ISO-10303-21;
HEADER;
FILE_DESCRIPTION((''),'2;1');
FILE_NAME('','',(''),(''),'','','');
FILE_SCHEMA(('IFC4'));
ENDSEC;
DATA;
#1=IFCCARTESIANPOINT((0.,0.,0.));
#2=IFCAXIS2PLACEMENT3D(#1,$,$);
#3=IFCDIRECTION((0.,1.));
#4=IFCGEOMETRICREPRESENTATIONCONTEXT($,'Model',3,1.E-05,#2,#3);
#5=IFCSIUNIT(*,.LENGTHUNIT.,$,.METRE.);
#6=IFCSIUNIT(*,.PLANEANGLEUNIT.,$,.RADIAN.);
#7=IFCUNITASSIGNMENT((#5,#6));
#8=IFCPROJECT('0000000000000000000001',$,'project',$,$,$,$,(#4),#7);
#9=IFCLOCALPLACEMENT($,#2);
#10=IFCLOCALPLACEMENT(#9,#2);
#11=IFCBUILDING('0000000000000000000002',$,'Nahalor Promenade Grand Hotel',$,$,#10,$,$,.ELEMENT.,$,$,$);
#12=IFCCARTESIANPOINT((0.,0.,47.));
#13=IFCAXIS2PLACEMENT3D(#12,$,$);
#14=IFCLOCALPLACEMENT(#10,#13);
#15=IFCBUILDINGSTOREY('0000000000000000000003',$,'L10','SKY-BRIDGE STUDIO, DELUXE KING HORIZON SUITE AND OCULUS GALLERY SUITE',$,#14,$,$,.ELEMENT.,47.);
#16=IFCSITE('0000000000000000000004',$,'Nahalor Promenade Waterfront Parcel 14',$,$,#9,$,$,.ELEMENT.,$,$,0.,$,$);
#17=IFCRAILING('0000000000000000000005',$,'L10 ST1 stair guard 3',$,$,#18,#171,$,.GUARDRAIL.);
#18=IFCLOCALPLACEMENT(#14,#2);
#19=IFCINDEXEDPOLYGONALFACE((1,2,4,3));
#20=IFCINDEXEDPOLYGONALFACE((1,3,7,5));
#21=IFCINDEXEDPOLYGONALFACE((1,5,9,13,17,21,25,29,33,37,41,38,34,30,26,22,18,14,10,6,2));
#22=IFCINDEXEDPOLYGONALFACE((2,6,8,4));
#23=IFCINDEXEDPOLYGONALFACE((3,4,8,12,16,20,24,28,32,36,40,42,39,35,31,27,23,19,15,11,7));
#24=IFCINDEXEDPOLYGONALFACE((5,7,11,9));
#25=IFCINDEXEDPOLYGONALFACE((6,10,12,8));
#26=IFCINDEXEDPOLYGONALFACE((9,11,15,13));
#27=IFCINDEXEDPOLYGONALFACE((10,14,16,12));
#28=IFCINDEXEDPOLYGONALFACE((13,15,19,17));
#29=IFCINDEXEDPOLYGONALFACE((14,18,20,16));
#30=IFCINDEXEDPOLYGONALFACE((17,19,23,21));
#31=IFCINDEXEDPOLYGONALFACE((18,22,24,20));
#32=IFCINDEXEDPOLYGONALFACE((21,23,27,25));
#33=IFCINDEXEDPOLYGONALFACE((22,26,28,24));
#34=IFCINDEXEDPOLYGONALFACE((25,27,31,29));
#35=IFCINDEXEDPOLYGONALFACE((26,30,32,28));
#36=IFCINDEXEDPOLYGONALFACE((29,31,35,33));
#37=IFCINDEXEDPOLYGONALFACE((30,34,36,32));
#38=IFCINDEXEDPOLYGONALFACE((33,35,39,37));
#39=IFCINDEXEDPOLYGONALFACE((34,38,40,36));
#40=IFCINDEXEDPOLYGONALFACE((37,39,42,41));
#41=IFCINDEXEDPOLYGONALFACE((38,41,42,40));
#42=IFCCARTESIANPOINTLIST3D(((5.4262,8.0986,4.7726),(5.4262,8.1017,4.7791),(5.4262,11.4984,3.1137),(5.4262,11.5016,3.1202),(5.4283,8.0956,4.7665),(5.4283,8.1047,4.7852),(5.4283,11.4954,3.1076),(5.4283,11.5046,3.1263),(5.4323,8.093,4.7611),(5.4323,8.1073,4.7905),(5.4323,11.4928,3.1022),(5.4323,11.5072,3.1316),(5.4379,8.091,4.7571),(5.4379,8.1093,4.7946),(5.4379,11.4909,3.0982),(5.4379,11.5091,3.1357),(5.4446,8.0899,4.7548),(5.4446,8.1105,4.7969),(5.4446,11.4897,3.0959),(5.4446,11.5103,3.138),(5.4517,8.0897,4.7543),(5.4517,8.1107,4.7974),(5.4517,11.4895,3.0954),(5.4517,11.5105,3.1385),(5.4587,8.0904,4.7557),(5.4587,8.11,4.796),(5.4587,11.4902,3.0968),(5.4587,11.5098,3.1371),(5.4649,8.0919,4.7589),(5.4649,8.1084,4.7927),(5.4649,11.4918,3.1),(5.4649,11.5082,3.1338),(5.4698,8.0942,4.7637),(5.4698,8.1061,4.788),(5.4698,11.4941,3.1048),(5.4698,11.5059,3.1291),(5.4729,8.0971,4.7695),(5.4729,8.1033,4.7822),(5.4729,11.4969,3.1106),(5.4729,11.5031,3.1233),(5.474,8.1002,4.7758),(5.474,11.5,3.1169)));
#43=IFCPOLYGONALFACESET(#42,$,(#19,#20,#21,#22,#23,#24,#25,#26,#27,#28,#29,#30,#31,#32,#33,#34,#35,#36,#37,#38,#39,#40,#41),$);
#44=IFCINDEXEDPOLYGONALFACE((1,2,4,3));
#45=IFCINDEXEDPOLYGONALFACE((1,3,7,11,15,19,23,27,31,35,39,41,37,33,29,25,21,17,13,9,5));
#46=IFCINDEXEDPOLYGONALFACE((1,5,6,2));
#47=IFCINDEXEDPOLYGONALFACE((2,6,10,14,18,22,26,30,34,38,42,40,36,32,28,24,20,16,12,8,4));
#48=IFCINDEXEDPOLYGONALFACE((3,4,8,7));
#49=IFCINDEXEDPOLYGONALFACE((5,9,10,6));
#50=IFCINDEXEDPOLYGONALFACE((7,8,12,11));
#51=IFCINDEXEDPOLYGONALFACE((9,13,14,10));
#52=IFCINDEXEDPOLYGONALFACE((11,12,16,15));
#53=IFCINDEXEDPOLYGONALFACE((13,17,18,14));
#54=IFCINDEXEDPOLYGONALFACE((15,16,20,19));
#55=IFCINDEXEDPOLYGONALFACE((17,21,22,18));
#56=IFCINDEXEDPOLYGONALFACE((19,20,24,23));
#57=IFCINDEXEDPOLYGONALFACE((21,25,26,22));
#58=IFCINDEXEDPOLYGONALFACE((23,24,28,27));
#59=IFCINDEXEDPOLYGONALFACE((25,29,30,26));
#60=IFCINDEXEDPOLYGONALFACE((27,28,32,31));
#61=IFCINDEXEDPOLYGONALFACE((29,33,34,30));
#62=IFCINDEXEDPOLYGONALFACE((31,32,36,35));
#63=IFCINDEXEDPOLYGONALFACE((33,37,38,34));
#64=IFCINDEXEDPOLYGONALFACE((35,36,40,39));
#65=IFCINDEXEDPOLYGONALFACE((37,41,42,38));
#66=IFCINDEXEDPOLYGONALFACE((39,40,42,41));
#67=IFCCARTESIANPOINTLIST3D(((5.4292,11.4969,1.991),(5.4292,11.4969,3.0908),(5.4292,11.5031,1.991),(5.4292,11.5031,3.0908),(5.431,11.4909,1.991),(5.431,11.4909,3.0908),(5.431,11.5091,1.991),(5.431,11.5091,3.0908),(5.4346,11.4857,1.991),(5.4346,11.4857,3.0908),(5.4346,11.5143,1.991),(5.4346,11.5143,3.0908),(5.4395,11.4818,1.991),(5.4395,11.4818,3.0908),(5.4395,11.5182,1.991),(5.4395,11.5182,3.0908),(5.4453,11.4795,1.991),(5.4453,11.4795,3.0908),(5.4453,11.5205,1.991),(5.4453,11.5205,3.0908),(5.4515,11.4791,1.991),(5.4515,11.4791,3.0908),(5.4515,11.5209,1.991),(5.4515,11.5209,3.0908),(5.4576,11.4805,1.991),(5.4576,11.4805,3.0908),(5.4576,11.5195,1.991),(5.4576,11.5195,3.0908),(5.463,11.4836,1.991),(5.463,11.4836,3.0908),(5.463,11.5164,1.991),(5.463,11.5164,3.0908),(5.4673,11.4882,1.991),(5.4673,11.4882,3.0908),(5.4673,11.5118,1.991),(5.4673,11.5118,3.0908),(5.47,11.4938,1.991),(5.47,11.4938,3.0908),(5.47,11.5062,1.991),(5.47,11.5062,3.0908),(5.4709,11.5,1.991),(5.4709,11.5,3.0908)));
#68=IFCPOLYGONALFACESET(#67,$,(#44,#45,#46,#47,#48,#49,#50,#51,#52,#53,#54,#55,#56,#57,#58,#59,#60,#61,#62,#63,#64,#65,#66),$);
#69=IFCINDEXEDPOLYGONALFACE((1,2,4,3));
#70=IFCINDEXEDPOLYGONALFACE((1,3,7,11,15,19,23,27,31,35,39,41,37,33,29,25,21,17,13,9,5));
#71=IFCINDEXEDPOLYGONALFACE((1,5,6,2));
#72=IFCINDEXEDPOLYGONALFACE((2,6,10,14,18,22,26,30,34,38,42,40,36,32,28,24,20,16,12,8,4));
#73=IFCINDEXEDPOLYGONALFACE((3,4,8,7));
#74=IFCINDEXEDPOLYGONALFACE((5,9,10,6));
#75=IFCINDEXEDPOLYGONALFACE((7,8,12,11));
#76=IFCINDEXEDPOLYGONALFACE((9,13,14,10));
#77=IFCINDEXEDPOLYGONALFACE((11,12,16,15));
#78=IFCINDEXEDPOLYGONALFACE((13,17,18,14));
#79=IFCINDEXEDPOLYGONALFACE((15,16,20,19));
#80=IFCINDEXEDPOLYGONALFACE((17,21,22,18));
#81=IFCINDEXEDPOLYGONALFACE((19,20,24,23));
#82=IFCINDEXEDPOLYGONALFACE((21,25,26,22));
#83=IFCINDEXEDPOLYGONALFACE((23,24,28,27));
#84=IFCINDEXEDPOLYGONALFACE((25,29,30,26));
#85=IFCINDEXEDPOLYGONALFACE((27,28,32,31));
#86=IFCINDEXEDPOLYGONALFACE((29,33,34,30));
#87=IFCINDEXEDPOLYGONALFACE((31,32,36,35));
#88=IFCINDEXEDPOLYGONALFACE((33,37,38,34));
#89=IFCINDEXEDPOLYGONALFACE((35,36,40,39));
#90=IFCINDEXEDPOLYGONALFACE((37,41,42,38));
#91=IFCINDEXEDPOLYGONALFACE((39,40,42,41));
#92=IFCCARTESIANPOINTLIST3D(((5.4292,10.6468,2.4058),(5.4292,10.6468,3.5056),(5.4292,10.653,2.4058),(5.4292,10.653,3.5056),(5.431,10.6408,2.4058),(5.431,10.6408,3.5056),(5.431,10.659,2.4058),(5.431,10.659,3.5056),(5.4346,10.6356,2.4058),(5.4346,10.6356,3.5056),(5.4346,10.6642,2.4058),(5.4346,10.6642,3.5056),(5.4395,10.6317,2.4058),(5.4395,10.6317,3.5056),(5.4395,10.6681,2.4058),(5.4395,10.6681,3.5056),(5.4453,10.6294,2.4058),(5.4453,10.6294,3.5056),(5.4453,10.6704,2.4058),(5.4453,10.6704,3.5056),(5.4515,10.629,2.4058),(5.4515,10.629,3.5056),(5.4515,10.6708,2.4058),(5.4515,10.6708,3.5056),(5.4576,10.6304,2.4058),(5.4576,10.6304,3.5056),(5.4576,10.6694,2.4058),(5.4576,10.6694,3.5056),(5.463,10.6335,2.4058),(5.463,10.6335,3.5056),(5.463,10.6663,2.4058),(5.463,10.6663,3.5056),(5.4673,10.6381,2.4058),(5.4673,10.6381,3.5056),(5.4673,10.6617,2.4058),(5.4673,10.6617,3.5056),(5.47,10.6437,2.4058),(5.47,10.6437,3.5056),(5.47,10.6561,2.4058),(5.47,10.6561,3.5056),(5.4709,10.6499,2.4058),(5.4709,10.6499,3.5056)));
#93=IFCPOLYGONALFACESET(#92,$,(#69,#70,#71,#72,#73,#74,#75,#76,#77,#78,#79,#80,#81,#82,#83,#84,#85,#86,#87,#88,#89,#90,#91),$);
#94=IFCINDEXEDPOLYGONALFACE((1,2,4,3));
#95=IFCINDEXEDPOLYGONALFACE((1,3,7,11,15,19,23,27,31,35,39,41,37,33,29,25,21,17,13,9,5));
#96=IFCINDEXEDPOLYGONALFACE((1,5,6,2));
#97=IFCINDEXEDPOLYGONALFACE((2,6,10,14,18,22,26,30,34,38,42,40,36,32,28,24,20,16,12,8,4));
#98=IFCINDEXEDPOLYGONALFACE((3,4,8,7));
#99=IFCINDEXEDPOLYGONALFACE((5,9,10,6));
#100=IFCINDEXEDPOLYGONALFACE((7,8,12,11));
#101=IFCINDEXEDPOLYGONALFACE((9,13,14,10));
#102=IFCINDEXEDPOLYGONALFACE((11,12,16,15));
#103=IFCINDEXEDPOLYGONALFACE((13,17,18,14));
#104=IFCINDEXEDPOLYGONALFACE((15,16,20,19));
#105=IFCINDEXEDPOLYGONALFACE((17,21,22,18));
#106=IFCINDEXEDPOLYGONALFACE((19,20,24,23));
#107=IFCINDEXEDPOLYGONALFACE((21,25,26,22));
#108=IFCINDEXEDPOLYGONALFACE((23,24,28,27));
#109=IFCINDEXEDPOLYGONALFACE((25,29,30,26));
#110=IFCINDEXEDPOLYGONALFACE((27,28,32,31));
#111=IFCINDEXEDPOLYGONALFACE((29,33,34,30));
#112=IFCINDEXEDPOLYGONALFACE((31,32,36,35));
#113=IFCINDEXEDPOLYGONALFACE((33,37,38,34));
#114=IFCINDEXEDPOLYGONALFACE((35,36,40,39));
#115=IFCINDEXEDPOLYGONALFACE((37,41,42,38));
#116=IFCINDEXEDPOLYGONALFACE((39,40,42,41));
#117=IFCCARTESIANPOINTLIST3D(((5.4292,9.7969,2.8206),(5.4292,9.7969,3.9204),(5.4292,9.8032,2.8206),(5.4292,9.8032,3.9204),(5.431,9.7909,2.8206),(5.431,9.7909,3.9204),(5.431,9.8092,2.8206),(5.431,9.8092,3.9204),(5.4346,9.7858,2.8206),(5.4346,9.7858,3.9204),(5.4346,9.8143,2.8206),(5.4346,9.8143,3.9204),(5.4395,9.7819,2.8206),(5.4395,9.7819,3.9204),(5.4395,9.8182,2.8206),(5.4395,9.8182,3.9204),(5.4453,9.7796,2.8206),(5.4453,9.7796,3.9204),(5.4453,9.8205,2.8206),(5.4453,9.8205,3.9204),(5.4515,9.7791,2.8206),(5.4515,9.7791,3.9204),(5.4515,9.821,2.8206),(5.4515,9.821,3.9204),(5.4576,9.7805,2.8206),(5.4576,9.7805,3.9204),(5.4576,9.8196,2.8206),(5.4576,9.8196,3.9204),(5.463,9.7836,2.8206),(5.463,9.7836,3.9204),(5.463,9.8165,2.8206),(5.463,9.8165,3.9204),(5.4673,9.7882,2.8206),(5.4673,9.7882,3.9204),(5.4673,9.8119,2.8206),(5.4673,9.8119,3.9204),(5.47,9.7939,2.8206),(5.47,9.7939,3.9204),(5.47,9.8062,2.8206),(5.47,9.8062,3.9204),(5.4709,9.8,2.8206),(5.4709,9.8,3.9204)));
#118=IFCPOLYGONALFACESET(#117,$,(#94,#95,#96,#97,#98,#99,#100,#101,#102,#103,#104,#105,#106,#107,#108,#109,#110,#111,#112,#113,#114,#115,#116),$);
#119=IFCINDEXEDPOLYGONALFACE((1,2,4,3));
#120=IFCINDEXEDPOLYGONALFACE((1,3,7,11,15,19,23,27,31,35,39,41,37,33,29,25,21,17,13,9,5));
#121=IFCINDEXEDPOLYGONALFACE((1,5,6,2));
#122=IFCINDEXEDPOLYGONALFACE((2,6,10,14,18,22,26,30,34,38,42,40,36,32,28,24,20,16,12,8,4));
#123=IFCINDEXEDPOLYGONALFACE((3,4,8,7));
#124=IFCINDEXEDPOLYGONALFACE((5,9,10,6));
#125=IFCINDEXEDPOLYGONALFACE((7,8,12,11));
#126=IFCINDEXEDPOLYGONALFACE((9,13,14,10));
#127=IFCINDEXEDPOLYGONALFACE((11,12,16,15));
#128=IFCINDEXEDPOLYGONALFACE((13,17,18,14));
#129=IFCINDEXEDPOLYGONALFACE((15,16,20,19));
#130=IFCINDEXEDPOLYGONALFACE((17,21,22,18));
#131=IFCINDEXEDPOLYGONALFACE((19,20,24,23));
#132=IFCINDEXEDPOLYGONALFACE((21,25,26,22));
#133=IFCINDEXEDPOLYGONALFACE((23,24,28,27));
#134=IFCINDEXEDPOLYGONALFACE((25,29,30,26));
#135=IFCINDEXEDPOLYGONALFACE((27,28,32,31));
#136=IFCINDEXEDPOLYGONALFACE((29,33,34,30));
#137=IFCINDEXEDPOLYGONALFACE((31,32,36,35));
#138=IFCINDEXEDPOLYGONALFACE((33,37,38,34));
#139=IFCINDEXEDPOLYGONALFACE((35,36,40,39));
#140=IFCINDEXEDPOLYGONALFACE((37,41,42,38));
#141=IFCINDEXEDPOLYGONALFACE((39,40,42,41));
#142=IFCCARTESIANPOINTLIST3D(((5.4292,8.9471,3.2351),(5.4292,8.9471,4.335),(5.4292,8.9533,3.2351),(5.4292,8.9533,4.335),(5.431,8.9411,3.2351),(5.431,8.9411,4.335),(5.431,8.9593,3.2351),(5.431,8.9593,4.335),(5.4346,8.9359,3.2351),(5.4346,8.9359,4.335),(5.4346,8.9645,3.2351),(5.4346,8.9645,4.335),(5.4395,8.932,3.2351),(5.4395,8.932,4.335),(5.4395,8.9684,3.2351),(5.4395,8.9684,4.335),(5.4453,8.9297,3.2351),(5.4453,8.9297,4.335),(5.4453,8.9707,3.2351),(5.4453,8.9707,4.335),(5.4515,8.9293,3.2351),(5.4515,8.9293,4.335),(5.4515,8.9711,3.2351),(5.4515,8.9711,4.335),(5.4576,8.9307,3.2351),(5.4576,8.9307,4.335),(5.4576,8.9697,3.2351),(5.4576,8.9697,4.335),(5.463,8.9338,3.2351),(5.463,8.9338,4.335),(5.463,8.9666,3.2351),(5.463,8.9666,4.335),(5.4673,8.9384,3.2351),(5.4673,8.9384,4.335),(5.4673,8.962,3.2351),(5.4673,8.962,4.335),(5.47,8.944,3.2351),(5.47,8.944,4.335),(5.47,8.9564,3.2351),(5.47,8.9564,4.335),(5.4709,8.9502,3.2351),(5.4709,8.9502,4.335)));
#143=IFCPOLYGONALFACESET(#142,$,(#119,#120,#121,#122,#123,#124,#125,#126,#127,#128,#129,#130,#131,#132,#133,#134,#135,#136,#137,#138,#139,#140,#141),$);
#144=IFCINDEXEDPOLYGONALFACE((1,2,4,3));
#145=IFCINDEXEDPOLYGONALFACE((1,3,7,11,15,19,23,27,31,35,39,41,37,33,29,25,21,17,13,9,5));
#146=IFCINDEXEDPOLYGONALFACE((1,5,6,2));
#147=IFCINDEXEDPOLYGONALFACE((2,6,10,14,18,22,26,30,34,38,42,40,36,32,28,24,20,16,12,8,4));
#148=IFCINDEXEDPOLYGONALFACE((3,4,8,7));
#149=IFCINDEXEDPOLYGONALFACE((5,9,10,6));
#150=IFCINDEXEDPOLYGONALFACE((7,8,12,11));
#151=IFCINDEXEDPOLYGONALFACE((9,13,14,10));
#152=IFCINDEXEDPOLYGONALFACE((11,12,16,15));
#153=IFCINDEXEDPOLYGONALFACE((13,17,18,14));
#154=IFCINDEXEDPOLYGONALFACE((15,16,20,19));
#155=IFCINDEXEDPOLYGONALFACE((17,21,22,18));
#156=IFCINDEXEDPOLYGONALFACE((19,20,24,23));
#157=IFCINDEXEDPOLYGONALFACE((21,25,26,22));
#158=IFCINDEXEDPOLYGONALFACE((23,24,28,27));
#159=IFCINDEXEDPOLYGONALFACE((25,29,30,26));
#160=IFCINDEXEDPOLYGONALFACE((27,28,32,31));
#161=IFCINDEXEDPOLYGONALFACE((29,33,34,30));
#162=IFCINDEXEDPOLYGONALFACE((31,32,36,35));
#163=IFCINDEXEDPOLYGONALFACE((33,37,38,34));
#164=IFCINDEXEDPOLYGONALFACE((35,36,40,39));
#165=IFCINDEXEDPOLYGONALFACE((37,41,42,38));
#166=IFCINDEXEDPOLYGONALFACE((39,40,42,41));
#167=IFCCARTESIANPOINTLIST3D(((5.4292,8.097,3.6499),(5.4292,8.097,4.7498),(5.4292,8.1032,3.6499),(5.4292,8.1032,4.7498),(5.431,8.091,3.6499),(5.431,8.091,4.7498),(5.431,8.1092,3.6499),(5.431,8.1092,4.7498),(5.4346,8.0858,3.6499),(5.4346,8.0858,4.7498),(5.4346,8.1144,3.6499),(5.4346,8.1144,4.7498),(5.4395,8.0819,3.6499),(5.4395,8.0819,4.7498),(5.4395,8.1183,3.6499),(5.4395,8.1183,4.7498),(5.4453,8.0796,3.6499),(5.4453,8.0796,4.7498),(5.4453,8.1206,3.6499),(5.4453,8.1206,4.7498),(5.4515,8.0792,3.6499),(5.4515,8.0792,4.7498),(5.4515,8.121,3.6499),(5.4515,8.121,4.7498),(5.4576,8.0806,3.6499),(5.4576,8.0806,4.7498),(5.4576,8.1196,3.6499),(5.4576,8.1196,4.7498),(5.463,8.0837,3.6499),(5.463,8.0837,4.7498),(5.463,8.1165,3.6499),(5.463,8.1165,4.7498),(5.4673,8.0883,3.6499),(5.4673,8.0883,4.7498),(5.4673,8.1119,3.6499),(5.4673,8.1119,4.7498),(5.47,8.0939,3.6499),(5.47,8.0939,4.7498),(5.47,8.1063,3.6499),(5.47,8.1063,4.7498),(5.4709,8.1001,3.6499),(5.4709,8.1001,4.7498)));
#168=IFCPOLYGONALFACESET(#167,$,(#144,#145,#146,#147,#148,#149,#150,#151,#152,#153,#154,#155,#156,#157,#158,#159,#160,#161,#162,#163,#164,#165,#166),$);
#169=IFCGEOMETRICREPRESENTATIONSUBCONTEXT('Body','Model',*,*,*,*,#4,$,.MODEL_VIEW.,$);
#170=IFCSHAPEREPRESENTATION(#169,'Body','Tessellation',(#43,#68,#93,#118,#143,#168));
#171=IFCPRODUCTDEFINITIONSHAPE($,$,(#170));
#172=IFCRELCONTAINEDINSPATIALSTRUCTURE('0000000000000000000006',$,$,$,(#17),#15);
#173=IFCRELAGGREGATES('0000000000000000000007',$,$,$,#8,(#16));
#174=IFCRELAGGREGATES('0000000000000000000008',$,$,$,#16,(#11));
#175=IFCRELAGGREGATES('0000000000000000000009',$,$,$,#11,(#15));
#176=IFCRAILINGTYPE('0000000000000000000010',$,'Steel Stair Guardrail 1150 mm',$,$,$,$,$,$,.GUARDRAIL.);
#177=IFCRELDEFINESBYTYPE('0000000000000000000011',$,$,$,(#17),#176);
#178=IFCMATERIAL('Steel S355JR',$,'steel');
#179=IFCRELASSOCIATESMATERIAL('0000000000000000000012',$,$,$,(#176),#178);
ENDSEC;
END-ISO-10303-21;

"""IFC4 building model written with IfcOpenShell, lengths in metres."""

from ifc_helpers import new_model, si_unit, direction, frame, origin, origin_2d, place, context, subcontext, project, spatial, circle, extrude, material, type_object, element, save


model = new_model("IFC4")

# Units and contexts
model_context = context("Model", 3, precision=1e-05, world=origin(), true_north=direction((0.0, 1.0)))
body_context = subcontext(model_context, "Body", "Model", "MODEL_VIEW")
ifc_project = project(units=[si_unit("LENGTHUNIT", "METRE"), si_unit("PLANEANGLEUNIT", "RADIAN")], contexts=[model_context])

# Site, building, storey
site_placement = place(None, origin())
site = spatial("IfcSite", under=ifc_project, at=site_placement, Name="Nahalor Promenade Waterfront Parcel 14", CompositionType="ELEMENT", RefElevation=0.0)
building_placement = place(site_placement, origin())
building = spatial("IfcBuilding", under=site, at=building_placement, Name="Nahalor Promenade Grand Hotel", CompositionType="ELEMENT")
storey_placement = place(building_placement, frame((0.0, 0.0, 47.0)))
storey = spatial("IfcBuildingStorey", under=building, at=storey_placement, Name="L10", Description="SKY-BRIDGE STUDIO, DELUXE KING HORIZON SUITE AND OCULUS GALLERY SUITE", CompositionType="ELEMENT", Elevation=47.0)

# Shared definitions
ifc_material_1 = material(Name="Steel S355JR", Category="steel")

# Railing
railing_type_1 = type_object("IfcRailingType", Name="Steel Stair Guardrail 1150 mm", PredefinedType="GUARDRAIL", material=ifc_material_1)
railing_1_placement = place(storey_placement, frame((5.45, 11.5, 1.991)))
element("IfcRailing", 1, at=railing_1_placement, inside=storey, type_object=railing_type_1, Name="L10 ST1 stair guard 3", PredefinedType="GUARDRAIL", context=body_context, shape_type="SweptSolid", body=[
    extrude(circle(Radius=0.024, at=origin_2d()), frame((0.0, 0.0, 1.126), z_axis=(0.0, -0.898722, 0.438519), x_axis=(1.0, 0.0, 0.0)), (0.0, 0.0, 1.0), 3.783),
    extrude(circle(Radius=0.021, at=origin_2d()), origin(), (0.0, 0.0, 1.0), 1.0999),
    extrude(circle(Radius=0.021, at=origin_2d()), frame((0.0, -0.8501, 0.4148)), (0.0, 0.0, 1.0), 1.0999),
    extrude(circle(Radius=0.021, at=origin_2d()), frame((0.0, -1.7, 0.8296)), (0.0, 0.0, 1.0), 1.0999),
    extrude(circle(Radius=0.021, at=origin_2d()), frame((0.0, -2.5498, 1.2441)), (0.0, 0.0, 1.0), 1.0999),
    extrude(circle(Radius=0.021, at=origin_2d()), frame((0.0, -3.3999, 1.6589)), (0.0, 0.0, 1.0), 1.0999),
])

save(model, "model.ifc")
